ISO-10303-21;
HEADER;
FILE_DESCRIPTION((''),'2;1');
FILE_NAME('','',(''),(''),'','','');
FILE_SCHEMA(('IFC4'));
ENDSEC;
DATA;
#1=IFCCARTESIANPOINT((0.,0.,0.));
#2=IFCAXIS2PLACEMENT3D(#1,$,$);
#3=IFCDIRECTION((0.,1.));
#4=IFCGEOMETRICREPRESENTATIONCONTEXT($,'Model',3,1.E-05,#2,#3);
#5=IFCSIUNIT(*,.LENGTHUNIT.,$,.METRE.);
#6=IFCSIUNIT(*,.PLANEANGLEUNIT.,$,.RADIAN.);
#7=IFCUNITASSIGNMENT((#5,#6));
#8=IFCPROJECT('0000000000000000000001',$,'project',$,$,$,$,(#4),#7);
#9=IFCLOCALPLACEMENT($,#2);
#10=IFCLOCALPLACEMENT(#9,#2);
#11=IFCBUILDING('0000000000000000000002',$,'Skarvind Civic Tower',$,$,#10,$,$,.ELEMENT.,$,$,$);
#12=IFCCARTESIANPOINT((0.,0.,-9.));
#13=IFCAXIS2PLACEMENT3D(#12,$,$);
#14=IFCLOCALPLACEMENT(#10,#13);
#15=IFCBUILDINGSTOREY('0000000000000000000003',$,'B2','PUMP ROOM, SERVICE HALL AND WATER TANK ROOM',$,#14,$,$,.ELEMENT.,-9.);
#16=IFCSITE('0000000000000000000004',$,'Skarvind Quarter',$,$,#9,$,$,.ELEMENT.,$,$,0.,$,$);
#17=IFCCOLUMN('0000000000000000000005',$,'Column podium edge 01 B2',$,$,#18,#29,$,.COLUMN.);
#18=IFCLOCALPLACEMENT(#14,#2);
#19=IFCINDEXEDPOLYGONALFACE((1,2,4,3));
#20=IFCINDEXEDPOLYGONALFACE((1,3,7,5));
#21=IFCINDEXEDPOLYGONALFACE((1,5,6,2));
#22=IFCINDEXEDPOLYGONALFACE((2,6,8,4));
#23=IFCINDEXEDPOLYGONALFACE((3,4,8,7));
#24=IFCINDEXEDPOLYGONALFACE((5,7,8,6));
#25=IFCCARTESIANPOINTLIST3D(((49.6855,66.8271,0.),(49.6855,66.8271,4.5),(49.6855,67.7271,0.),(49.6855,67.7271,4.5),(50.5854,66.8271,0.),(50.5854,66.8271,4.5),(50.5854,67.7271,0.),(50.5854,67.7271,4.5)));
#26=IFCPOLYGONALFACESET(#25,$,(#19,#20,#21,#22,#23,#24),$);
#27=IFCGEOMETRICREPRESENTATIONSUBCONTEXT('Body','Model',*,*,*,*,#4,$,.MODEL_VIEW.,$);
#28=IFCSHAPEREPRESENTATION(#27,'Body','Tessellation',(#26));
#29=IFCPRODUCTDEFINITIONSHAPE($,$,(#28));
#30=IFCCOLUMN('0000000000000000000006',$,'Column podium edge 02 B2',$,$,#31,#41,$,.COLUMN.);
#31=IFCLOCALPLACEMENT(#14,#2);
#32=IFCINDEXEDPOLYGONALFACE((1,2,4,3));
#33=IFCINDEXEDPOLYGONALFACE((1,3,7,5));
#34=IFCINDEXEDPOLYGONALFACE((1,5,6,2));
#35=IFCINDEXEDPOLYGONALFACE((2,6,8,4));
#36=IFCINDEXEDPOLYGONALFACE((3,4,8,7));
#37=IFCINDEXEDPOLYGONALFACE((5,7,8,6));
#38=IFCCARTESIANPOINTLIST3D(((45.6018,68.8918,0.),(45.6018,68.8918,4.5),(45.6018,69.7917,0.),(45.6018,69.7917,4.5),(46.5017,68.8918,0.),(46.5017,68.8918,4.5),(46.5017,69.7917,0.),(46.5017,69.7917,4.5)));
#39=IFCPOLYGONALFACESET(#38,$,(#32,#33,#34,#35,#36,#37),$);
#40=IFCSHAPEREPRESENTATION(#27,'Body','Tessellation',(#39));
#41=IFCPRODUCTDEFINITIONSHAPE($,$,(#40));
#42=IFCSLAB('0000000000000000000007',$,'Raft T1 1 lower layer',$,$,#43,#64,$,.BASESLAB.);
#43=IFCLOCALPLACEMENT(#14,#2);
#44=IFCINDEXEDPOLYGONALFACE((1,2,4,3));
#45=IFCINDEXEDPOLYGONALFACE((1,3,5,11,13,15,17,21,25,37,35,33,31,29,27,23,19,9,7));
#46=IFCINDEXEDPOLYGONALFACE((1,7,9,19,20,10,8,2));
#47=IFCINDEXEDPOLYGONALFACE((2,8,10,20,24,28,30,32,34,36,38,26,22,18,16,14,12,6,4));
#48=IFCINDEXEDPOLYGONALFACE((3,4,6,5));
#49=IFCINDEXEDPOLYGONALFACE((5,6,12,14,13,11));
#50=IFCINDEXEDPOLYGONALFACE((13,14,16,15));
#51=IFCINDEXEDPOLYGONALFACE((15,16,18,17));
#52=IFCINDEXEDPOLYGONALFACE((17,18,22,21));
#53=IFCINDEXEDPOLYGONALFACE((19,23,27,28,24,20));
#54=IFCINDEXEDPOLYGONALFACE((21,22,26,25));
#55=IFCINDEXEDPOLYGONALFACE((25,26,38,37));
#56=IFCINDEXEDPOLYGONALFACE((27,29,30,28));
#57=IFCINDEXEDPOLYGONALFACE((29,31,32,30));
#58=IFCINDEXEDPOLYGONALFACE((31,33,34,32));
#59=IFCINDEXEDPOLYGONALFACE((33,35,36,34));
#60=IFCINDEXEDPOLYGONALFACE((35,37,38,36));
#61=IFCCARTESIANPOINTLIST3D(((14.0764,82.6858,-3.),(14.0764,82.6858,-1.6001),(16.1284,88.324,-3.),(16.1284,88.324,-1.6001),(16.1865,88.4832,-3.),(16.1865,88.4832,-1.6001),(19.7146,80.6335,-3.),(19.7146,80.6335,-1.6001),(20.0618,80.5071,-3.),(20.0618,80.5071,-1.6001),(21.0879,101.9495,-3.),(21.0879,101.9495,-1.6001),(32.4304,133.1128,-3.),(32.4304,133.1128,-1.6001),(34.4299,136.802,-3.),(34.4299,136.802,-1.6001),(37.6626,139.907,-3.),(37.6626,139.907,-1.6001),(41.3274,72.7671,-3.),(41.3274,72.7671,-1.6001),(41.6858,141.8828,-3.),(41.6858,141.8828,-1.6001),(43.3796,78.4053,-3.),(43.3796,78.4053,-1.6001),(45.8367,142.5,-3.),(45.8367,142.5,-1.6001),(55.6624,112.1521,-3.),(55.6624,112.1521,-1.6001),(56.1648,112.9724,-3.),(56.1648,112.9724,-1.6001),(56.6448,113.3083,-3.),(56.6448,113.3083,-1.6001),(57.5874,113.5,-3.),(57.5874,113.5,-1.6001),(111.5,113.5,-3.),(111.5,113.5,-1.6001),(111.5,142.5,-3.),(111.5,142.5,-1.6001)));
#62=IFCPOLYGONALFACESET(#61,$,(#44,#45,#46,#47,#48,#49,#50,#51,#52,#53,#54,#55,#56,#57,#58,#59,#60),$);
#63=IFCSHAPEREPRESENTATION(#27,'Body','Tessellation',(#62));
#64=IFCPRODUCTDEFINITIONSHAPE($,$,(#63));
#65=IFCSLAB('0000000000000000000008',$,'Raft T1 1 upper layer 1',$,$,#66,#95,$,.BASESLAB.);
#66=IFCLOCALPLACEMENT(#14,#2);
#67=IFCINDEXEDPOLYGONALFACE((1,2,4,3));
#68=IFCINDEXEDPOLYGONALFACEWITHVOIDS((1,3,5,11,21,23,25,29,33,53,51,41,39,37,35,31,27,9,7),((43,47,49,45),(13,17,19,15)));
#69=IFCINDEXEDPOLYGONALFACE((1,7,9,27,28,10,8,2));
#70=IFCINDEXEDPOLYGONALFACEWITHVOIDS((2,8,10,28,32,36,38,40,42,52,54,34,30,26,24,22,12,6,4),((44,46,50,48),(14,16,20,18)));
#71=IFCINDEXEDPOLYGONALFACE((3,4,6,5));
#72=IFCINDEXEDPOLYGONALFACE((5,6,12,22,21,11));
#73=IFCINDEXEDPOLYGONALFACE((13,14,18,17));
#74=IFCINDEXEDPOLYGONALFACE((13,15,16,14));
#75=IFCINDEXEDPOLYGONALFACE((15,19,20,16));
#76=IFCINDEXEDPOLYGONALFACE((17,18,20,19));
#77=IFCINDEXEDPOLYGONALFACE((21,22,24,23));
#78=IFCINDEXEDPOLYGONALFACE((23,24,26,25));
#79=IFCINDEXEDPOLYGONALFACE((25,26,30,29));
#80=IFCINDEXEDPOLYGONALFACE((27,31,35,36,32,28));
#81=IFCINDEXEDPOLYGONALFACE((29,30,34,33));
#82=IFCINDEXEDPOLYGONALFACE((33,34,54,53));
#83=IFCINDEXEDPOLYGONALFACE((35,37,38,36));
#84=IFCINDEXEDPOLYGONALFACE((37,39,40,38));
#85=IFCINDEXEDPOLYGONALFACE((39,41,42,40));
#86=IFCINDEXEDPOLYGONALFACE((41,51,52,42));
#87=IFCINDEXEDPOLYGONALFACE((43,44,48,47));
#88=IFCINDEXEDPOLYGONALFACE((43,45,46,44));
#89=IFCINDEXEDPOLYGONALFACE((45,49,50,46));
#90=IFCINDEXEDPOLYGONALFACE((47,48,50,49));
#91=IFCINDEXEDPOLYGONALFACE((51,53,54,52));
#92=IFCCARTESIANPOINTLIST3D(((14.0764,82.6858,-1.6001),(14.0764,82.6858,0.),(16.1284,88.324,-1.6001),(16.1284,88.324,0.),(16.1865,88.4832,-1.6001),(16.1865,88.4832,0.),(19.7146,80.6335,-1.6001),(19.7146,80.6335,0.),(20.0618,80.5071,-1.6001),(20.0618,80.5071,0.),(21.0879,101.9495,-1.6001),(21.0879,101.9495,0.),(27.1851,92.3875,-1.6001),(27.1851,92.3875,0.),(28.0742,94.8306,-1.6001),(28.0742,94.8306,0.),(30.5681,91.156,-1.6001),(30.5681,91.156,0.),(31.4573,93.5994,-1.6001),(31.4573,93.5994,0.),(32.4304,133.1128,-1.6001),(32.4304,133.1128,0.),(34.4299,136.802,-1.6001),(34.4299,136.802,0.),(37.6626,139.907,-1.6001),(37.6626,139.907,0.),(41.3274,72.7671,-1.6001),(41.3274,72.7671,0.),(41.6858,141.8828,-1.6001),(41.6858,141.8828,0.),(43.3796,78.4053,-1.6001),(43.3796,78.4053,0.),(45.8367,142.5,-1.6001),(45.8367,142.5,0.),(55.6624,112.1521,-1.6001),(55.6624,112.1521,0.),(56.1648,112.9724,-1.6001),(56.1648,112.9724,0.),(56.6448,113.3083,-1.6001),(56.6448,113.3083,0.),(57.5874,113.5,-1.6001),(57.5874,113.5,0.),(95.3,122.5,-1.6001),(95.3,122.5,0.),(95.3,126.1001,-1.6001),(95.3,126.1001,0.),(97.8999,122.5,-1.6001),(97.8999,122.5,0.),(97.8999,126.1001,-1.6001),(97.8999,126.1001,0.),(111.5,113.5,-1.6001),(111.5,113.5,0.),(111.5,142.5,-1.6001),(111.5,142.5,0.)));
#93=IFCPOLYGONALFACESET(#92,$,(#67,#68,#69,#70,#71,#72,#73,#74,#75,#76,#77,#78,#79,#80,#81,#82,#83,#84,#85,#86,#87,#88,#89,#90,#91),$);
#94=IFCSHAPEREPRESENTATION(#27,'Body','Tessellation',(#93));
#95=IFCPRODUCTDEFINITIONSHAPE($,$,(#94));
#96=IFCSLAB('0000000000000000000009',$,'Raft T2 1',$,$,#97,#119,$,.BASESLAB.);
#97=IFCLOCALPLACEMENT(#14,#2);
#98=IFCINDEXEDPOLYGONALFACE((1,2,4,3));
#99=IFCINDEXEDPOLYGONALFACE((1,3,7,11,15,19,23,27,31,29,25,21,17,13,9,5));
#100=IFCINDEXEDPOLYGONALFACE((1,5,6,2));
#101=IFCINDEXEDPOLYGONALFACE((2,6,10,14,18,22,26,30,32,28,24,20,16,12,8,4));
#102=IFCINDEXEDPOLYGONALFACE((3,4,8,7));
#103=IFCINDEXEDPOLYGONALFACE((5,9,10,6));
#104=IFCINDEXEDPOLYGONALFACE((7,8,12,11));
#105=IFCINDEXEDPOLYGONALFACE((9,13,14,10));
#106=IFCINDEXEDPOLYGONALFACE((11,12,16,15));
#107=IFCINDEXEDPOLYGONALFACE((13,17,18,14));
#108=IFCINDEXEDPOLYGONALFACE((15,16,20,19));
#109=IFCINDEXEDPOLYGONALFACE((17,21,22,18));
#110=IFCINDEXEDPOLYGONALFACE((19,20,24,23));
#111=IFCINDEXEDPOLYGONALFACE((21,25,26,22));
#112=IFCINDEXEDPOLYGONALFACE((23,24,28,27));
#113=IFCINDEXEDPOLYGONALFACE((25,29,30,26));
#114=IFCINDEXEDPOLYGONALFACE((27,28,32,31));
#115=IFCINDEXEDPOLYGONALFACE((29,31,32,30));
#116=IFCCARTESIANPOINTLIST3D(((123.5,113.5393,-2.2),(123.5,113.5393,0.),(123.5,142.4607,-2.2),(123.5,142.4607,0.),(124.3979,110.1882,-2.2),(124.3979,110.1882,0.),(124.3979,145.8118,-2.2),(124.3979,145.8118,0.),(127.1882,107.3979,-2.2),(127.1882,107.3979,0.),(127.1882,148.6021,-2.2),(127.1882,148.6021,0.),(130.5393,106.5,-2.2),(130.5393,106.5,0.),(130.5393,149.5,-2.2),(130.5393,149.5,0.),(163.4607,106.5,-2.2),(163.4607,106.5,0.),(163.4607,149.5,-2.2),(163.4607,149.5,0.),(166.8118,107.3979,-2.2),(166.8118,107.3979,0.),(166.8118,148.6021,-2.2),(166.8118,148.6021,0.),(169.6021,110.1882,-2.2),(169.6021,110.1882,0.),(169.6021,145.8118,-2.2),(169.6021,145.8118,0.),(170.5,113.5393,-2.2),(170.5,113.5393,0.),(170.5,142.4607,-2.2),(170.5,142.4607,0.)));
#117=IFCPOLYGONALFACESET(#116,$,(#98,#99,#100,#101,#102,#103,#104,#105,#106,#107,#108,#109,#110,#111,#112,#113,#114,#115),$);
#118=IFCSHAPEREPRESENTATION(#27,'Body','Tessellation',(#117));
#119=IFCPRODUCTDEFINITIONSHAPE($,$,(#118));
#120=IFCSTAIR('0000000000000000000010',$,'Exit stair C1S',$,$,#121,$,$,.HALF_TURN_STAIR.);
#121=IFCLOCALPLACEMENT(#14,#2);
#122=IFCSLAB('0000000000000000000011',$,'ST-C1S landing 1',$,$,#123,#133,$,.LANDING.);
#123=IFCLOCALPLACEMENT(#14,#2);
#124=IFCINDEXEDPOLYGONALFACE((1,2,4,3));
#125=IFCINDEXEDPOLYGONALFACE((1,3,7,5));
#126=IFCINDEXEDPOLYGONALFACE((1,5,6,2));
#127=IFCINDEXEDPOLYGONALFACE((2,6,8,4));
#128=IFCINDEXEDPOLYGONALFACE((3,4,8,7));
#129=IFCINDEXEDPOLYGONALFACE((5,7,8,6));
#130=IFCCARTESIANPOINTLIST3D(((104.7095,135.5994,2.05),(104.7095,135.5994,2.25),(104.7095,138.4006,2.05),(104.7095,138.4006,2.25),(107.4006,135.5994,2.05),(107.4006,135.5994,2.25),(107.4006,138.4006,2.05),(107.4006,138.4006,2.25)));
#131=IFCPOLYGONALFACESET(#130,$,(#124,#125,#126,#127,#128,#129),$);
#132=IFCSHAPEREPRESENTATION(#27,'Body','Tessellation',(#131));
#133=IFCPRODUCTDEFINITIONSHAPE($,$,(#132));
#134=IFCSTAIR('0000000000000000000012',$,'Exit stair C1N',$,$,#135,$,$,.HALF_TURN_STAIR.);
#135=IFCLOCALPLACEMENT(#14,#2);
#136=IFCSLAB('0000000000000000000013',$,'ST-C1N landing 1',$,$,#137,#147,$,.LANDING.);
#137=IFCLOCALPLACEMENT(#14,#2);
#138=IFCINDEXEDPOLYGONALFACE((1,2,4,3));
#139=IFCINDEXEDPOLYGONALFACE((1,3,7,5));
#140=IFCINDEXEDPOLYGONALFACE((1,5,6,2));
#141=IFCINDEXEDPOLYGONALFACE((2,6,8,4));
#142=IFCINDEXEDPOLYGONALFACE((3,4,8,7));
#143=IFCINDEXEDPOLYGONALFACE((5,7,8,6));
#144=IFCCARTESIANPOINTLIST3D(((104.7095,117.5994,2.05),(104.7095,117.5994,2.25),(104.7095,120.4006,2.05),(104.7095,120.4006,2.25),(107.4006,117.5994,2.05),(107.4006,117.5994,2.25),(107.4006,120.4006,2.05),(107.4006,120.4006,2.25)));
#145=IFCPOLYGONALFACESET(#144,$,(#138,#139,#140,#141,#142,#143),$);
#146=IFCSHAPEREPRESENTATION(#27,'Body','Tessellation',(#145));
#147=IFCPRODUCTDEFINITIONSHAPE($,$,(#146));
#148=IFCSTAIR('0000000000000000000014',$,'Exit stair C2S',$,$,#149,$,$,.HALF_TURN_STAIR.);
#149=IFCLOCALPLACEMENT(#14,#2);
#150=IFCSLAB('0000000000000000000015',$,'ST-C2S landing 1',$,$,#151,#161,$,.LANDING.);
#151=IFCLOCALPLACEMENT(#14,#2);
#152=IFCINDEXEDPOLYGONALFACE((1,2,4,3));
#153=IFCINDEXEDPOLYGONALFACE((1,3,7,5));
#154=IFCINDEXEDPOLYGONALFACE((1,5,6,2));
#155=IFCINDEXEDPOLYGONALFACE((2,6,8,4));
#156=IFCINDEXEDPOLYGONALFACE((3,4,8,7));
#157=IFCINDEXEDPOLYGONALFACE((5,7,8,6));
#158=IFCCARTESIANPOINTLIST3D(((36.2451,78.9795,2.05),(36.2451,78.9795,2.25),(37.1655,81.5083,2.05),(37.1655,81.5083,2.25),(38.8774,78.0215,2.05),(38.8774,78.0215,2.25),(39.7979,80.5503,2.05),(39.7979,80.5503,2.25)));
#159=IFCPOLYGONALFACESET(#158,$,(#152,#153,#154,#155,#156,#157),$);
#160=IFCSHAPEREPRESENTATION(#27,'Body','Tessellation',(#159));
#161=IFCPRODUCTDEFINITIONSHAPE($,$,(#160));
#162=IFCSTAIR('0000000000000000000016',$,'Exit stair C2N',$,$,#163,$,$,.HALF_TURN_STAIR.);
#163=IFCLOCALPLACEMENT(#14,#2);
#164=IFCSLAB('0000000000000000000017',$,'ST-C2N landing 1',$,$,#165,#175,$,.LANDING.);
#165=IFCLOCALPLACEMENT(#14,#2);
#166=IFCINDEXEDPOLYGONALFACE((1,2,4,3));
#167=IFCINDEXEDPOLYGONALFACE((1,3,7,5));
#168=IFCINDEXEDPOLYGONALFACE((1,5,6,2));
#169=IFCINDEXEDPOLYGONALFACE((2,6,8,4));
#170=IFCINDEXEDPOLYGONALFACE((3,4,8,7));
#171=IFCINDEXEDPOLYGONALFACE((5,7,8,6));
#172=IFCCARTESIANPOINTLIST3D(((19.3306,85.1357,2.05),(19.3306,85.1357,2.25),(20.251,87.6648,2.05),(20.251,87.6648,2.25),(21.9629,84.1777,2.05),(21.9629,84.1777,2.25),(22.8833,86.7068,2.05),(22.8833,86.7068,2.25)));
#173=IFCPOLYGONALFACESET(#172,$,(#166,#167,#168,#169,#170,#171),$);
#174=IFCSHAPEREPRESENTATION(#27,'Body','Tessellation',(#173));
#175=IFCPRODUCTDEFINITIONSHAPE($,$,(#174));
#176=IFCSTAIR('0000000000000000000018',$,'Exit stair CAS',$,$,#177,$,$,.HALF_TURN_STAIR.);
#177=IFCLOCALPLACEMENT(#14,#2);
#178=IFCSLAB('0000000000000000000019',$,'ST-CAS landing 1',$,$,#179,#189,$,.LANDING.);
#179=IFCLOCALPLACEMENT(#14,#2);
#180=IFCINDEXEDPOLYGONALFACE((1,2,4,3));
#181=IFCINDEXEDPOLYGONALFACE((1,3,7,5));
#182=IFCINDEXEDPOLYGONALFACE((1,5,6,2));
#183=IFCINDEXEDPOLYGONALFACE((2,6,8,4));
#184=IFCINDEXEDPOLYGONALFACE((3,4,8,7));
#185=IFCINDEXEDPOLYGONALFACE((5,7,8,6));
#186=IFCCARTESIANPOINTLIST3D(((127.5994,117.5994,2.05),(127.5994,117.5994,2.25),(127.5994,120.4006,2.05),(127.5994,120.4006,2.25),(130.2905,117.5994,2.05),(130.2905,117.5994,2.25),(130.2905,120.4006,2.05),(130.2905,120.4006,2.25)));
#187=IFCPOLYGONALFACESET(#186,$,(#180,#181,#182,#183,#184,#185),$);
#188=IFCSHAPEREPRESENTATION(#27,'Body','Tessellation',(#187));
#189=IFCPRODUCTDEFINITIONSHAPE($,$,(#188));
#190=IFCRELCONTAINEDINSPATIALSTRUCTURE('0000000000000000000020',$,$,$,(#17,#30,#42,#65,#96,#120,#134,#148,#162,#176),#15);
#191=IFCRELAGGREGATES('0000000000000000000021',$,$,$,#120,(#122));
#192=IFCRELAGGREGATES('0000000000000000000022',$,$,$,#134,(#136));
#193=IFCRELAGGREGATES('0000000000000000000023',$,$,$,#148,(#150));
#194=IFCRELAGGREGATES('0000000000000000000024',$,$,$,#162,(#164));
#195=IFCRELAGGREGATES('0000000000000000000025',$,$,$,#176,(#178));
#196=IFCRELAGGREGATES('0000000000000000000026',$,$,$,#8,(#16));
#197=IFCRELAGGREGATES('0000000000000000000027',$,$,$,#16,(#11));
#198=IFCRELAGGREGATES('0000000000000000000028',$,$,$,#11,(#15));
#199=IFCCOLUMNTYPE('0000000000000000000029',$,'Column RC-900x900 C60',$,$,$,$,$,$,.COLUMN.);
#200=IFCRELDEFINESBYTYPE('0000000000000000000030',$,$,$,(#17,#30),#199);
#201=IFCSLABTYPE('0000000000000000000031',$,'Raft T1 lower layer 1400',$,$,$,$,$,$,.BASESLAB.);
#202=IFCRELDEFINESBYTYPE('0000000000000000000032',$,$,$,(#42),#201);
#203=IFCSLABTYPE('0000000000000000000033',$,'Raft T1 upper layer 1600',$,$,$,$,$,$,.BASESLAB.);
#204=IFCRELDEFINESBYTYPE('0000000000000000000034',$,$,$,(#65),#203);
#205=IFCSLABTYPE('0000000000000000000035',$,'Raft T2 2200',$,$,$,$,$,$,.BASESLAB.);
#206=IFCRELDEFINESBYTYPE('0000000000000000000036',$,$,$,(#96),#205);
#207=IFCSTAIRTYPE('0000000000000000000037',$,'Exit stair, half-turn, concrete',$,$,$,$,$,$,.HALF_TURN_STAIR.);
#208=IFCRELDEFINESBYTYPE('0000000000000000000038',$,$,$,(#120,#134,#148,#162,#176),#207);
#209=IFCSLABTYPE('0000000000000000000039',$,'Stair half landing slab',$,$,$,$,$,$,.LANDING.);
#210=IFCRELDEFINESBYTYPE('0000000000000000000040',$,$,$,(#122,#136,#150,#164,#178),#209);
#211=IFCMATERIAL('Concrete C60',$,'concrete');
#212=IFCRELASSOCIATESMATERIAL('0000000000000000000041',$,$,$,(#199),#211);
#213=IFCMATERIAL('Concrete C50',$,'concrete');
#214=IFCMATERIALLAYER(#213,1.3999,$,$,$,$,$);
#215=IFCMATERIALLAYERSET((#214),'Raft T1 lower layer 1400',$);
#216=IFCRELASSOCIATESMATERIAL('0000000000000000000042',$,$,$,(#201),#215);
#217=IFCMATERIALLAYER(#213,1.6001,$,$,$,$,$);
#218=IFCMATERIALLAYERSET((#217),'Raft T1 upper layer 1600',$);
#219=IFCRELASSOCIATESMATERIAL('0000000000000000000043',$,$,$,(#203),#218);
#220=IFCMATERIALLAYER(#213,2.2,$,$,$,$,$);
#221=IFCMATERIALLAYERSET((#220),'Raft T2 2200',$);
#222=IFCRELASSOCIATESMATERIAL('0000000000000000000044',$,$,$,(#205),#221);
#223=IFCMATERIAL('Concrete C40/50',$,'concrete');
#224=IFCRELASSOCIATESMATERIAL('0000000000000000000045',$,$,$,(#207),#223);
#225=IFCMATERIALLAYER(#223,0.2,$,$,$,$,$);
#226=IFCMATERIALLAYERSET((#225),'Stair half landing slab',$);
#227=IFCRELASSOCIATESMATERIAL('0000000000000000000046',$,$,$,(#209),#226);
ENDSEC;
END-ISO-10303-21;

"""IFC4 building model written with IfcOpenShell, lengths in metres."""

from ifc_helpers import new_model, si_unit, direction, frame, origin, origin_2d, place, context, subcontext, project, spatial, polyline, rectangle, outline, extrude, material, layer, layer_set, material_profile, profile_set, type_object, element, aggregate, save


model = new_model("IFC4")

# Units and contexts
model_context = context("Model", 3, precision=1e-05, world=origin(), true_north=direction((0.0, 1.0)))
body_context = subcontext(model_context, "Body", "Model", "MODEL_VIEW")
ifc_project = project(units=[si_unit("LENGTHUNIT", "METRE"), si_unit("PLANEANGLEUNIT", "RADIAN")], contexts=[model_context])

# Site, building, storey
site_placement = place(None, origin())
site = spatial("IfcSite", under=ifc_project, at=site_placement, Name="Skarvind Quarter", CompositionType="ELEMENT", RefElevation=0.0)
building_placement = place(site_placement, origin())
building = spatial("IfcBuilding", under=site, at=building_placement, Name="Skarvind Civic Tower", CompositionType="ELEMENT")
storey_placement = place(building_placement, frame((0.0, 0.0, -9.0)))
storey = spatial("IfcBuildingStorey", under=building, at=storey_placement, Name="B2", Description="PUMP ROOM, SERVICE HALL AND WATER TANK ROOM", CompositionType="ELEMENT", Elevation=-9.0)

# Shared definitions
ifc_material_1 = material(Name="Concrete C50", Category="concrete")

# Columns
ifc_material_2 = material(Name="Concrete C60", Category="concrete")
ifc_material_profile = material_profile(ifc_material_2, rectangle(XDim=0.8999, YDim=0.8999, at=origin_2d()), Name="RC-900x900")
ifc_profile_set = profile_set([ifc_material_profile], Name="Concrete C60")
column_type = type_object("IfcColumnType", Name="Column RC-900x900 C60", PredefinedType="COLUMN", material=ifc_profile_set)
for number, where, z_axis, x_axis, name in (
    (1, (50.1355, 67.2771, 0.0), (0.0, 0.0, 1.0), (1.0, 0.0, 0.0), "Column podium edge 01 B2"),
    (2, (46.0518, 69.3418, 0.0), (0.0, 0.0, 1.0), (1.0, 0.0, 0.0), "Column podium edge 02 B2"),
):
    element("IfcColumn", number, at=place(storey_placement, frame(where, z_axis=z_axis, x_axis=x_axis)), inside=storey, type_object=column_type, Name=name, PredefinedType="COLUMN", context=body_context, shape_type="SweptSolid", body=[
        extrude(rectangle(XDim=0.8999, YDim=0.8999, at=origin_2d()), origin(), (0.0, 0.0, 1.0), 4.5),
    ])

# Slabs
ifc_layer_1 = layer(ifc_material_1, 1.3999)
ifc_layer_set_1 = layer_set([ifc_layer_1], Name="Raft T1 lower layer 1400")
slab_type_1 = type_object("IfcSlabType", Name="Raft T1 lower layer 1400", PredefinedType="BASESLAB", material=ifc_layer_set_1)
slab_1_placement = place(storey_placement, frame((0.0, 0.0, -3.0)))
element("IfcSlab", 3, at=slab_1_placement, inside=storey, type_object=slab_type_1, Name="Raft T1 1 lower layer", PredefinedType="BASESLAB", context=body_context, shape_type="SweptSolid", body=[
    extrude(outline(polyline([(20.0618, 80.5071), (41.3274, 72.7671), (43.3796, 78.4053), (55.6624, 112.1521), (56.1648, 112.9724), (56.6448, 113.3083), (57.5874, 113.5), (111.5, 113.5), (111.5, 142.5), (45.8367, 142.5), (41.6858, 141.8828), (37.6626, 139.907), (34.4299, 136.802), (32.4304, 133.1128), (21.0879, 101.9495), (16.1865, 88.4832), (16.1284, 88.324), (14.0764, 82.6858), (19.7146, 80.6335), (20.0618, 80.5071)])), origin(), (0.0, 0.0, 1.0), 1.3999),
])
ifc_layer_2 = layer(ifc_material_1, 1.6001)
ifc_layer_set_2 = layer_set([ifc_layer_2], Name="Raft T1 upper layer 1600")
slab_type_2 = type_object("IfcSlabType", Name="Raft T1 upper layer 1600", PredefinedType="BASESLAB", material=ifc_layer_set_2)
slab_2_placement = place(storey_placement, frame((0.0, 0.0, -1.6001)))
element("IfcSlab", 4, at=slab_2_placement, inside=storey, type_object=slab_type_2, Name="Raft T1 1 upper layer 1", PredefinedType="BASESLAB", context=body_context, shape_type="SweptSolid", body=[
    extrude(outline(polyline([(19.7146, 80.6335), (20.0618, 80.5071), (41.3274, 72.7671), (43.3796, 78.4053), (55.6624, 112.1521), (56.1648, 112.9724), (56.6448, 113.3083), (57.5874, 113.5), (111.5, 113.5), (111.5, 142.5), (45.8367, 142.5), (41.6858, 141.8828), (37.6626, 139.907), (34.4299, 136.802), (32.4304, 133.1128), (21.0879, 101.9495), (16.1865, 88.4832), (16.1284, 88.324), (14.0764, 82.6858), (19.7146, 80.6335)]), holes=[polyline([(27.1851, 92.3875), (28.0742, 94.8306), (31.4573, 93.5994), (30.5681, 91.156), (27.1851, 92.3875)]), polyline([(97.8999, 122.5), (95.3, 122.5), (95.3, 126.1001), (97.8999, 126.1001), (97.8999, 122.5)])]), origin(), (0.0, 0.0, 1.0), 1.6001),
])
ifc_layer_3 = layer(ifc_material_1, 2.2)
ifc_layer_set_3 = layer_set([ifc_layer_3], Name="Raft T2 2200")
slab_type_3 = type_object("IfcSlabType", Name="Raft T2 2200", PredefinedType="BASESLAB", material=ifc_layer_set_3)
slab_3_placement = place(storey_placement, frame((0.0, 0.0, -2.2)))
element("IfcSlab", 5, at=slab_3_placement, inside=storey, type_object=slab_type_3, Name="Raft T2 1", PredefinedType="BASESLAB", context=body_context, shape_type="SweptSolid", body=[
    extrude(outline(polyline([(123.5, 142.4607), (123.5, 113.5393), (124.3979, 110.1882), (127.1882, 107.3979), (130.5393, 106.5), (163.4607, 106.5), (166.8118, 107.3979), (169.6021, 110.1882), (170.5, 113.5393), (170.5, 142.4607), (169.6021, 145.8118), (166.8118, 148.6021), (163.4607, 149.5), (130.5393, 149.5), (127.1882, 148.6021), (124.3979, 145.8118), (123.5, 142.4607)])), origin(), (0.0, 0.0, 1.0), 2.2),
])

# Stairs, slabs
ifc_material_3 = material(Name="Concrete C40/50", Category="concrete")
stair_type_1 = type_object("IfcStairType", Name="Exit stair, half-turn, concrete", PredefinedType="HALF_TURN_STAIR", material=ifc_material_3)
stair_1_placement = place(storey_placement, origin())
stair_1 = element("IfcStair", 6, at=stair_1_placement, inside=storey, type_object=stair_type_1, Name="Exit stair C1S", PredefinedType="HALF_TURN_STAIR")
ifc_layer_4 = layer(ifc_material_3, 0.2)
ifc_layer_set_4 = layer_set([ifc_layer_4], Name="Stair half landing slab")
slab_type_4 = type_object("IfcSlabType", Name="Stair half landing slab", PredefinedType="LANDING", material=ifc_layer_set_4)
slab_4_placement = place(storey_placement, frame((0.0, 0.0, 2.05)))
slab_4 = element("IfcSlab", 7, at=slab_4_placement, type_object=slab_type_4, Name="ST-C1S landing 1", PredefinedType="LANDING", context=body_context, shape_type="SweptSolid", body=[
    extrude(outline(polyline([(104.7095, 135.5994), (104.7095, 138.4006), (107.4006, 138.4006), (107.4006, 135.5994), (104.7095, 135.5994)])), origin(), (0.0, 0.0, 1.0), 0.2),
])
aggregate(stair_1, [slab_4])
stair_2_placement = place(storey_placement, origin())
stair_2 = element("IfcStair", 8, at=stair_2_placement, inside=storey, type_object=stair_type_1, Name="Exit stair C1N", PredefinedType="HALF_TURN_STAIR")
slab_5_placement = place(storey_placement, frame((0.0, 0.0, 2.05)))
slab_5 = element("IfcSlab", 9, at=slab_5_placement, type_object=slab_type_4, Name="ST-C1N landing 1", PredefinedType="LANDING", context=body_context, shape_type="SweptSolid", body=[
    extrude(outline(polyline([(104.7095, 117.5994), (104.7095, 120.4006), (107.4006, 120.4006), (107.4006, 117.5994), (104.7095, 117.5994)])), origin(), (0.0, 0.0, 1.0), 0.2),
])
aggregate(stair_2, [slab_5])
stair_3_placement = place(storey_placement, origin())
stair_3 = element("IfcStair", 10, at=stair_3_placement, inside=storey, type_object=stair_type_1, Name="Exit stair C2S", PredefinedType="HALF_TURN_STAIR")
slab_6_placement = place(storey_placement, frame((0.0, 0.0, 2.05)))
slab_6 = element("IfcSlab", 11, at=slab_6_placement, type_object=slab_type_4, Name="ST-C2S landing 1", PredefinedType="LANDING", context=body_context, shape_type="SweptSolid", body=[
    extrude(outline(polyline([(37.1655, 81.5083), (39.7979, 80.5503), (38.8774, 78.0215), (36.2451, 78.9795), (37.1655, 81.5083)])), origin(), (0.0, 0.0, 1.0), 0.2),
])
aggregate(stair_3, [slab_6])
stair_4_placement = place(storey_placement, origin())
stair_4 = element("IfcStair", 12, at=stair_4_placement, inside=storey, type_object=stair_type_1, Name="Exit stair C2N", PredefinedType="HALF_TURN_STAIR")
slab_7_placement = place(storey_placement, frame((0.0, 0.0, 2.05)))
slab_7 = element("IfcSlab", 13, at=slab_7_placement, type_object=slab_type_4, Name="ST-C2N landing 1", PredefinedType="LANDING", context=body_context, shape_type="SweptSolid", body=[
    extrude(outline(polyline([(20.251, 87.6648), (22.8833, 86.7068), (21.9629, 84.1777), (19.3306, 85.1357), (20.251, 87.6648)])), origin(), (0.0, 0.0, 1.0), 0.2),
])
aggregate(stair_4, [slab_7])
stair_5_placement = place(storey_placement, origin())
stair_5 = element("IfcStair", 14, at=stair_5_placement, inside=storey, type_object=stair_type_1, Name="Exit stair CAS", PredefinedType="HALF_TURN_STAIR")
slab_8_placement = place(storey_placement, frame((0.0, 0.0, 2.05)))
slab_8 = element("IfcSlab", 15, at=slab_8_placement, type_object=slab_type_4, Name="ST-CAS landing 1", PredefinedType="LANDING", context=body_context, shape_type="SweptSolid", body=[
    extrude(outline(polyline([(130.2905, 120.4006), (130.2905, 117.5994), (127.5994, 117.5994), (127.5994, 120.4006), (130.2905, 120.4006)])), origin(), (0.0, 0.0, 1.0), 0.2),
])
aggregate(stair_5, [slab_8])

save(model, "model.ifc")
